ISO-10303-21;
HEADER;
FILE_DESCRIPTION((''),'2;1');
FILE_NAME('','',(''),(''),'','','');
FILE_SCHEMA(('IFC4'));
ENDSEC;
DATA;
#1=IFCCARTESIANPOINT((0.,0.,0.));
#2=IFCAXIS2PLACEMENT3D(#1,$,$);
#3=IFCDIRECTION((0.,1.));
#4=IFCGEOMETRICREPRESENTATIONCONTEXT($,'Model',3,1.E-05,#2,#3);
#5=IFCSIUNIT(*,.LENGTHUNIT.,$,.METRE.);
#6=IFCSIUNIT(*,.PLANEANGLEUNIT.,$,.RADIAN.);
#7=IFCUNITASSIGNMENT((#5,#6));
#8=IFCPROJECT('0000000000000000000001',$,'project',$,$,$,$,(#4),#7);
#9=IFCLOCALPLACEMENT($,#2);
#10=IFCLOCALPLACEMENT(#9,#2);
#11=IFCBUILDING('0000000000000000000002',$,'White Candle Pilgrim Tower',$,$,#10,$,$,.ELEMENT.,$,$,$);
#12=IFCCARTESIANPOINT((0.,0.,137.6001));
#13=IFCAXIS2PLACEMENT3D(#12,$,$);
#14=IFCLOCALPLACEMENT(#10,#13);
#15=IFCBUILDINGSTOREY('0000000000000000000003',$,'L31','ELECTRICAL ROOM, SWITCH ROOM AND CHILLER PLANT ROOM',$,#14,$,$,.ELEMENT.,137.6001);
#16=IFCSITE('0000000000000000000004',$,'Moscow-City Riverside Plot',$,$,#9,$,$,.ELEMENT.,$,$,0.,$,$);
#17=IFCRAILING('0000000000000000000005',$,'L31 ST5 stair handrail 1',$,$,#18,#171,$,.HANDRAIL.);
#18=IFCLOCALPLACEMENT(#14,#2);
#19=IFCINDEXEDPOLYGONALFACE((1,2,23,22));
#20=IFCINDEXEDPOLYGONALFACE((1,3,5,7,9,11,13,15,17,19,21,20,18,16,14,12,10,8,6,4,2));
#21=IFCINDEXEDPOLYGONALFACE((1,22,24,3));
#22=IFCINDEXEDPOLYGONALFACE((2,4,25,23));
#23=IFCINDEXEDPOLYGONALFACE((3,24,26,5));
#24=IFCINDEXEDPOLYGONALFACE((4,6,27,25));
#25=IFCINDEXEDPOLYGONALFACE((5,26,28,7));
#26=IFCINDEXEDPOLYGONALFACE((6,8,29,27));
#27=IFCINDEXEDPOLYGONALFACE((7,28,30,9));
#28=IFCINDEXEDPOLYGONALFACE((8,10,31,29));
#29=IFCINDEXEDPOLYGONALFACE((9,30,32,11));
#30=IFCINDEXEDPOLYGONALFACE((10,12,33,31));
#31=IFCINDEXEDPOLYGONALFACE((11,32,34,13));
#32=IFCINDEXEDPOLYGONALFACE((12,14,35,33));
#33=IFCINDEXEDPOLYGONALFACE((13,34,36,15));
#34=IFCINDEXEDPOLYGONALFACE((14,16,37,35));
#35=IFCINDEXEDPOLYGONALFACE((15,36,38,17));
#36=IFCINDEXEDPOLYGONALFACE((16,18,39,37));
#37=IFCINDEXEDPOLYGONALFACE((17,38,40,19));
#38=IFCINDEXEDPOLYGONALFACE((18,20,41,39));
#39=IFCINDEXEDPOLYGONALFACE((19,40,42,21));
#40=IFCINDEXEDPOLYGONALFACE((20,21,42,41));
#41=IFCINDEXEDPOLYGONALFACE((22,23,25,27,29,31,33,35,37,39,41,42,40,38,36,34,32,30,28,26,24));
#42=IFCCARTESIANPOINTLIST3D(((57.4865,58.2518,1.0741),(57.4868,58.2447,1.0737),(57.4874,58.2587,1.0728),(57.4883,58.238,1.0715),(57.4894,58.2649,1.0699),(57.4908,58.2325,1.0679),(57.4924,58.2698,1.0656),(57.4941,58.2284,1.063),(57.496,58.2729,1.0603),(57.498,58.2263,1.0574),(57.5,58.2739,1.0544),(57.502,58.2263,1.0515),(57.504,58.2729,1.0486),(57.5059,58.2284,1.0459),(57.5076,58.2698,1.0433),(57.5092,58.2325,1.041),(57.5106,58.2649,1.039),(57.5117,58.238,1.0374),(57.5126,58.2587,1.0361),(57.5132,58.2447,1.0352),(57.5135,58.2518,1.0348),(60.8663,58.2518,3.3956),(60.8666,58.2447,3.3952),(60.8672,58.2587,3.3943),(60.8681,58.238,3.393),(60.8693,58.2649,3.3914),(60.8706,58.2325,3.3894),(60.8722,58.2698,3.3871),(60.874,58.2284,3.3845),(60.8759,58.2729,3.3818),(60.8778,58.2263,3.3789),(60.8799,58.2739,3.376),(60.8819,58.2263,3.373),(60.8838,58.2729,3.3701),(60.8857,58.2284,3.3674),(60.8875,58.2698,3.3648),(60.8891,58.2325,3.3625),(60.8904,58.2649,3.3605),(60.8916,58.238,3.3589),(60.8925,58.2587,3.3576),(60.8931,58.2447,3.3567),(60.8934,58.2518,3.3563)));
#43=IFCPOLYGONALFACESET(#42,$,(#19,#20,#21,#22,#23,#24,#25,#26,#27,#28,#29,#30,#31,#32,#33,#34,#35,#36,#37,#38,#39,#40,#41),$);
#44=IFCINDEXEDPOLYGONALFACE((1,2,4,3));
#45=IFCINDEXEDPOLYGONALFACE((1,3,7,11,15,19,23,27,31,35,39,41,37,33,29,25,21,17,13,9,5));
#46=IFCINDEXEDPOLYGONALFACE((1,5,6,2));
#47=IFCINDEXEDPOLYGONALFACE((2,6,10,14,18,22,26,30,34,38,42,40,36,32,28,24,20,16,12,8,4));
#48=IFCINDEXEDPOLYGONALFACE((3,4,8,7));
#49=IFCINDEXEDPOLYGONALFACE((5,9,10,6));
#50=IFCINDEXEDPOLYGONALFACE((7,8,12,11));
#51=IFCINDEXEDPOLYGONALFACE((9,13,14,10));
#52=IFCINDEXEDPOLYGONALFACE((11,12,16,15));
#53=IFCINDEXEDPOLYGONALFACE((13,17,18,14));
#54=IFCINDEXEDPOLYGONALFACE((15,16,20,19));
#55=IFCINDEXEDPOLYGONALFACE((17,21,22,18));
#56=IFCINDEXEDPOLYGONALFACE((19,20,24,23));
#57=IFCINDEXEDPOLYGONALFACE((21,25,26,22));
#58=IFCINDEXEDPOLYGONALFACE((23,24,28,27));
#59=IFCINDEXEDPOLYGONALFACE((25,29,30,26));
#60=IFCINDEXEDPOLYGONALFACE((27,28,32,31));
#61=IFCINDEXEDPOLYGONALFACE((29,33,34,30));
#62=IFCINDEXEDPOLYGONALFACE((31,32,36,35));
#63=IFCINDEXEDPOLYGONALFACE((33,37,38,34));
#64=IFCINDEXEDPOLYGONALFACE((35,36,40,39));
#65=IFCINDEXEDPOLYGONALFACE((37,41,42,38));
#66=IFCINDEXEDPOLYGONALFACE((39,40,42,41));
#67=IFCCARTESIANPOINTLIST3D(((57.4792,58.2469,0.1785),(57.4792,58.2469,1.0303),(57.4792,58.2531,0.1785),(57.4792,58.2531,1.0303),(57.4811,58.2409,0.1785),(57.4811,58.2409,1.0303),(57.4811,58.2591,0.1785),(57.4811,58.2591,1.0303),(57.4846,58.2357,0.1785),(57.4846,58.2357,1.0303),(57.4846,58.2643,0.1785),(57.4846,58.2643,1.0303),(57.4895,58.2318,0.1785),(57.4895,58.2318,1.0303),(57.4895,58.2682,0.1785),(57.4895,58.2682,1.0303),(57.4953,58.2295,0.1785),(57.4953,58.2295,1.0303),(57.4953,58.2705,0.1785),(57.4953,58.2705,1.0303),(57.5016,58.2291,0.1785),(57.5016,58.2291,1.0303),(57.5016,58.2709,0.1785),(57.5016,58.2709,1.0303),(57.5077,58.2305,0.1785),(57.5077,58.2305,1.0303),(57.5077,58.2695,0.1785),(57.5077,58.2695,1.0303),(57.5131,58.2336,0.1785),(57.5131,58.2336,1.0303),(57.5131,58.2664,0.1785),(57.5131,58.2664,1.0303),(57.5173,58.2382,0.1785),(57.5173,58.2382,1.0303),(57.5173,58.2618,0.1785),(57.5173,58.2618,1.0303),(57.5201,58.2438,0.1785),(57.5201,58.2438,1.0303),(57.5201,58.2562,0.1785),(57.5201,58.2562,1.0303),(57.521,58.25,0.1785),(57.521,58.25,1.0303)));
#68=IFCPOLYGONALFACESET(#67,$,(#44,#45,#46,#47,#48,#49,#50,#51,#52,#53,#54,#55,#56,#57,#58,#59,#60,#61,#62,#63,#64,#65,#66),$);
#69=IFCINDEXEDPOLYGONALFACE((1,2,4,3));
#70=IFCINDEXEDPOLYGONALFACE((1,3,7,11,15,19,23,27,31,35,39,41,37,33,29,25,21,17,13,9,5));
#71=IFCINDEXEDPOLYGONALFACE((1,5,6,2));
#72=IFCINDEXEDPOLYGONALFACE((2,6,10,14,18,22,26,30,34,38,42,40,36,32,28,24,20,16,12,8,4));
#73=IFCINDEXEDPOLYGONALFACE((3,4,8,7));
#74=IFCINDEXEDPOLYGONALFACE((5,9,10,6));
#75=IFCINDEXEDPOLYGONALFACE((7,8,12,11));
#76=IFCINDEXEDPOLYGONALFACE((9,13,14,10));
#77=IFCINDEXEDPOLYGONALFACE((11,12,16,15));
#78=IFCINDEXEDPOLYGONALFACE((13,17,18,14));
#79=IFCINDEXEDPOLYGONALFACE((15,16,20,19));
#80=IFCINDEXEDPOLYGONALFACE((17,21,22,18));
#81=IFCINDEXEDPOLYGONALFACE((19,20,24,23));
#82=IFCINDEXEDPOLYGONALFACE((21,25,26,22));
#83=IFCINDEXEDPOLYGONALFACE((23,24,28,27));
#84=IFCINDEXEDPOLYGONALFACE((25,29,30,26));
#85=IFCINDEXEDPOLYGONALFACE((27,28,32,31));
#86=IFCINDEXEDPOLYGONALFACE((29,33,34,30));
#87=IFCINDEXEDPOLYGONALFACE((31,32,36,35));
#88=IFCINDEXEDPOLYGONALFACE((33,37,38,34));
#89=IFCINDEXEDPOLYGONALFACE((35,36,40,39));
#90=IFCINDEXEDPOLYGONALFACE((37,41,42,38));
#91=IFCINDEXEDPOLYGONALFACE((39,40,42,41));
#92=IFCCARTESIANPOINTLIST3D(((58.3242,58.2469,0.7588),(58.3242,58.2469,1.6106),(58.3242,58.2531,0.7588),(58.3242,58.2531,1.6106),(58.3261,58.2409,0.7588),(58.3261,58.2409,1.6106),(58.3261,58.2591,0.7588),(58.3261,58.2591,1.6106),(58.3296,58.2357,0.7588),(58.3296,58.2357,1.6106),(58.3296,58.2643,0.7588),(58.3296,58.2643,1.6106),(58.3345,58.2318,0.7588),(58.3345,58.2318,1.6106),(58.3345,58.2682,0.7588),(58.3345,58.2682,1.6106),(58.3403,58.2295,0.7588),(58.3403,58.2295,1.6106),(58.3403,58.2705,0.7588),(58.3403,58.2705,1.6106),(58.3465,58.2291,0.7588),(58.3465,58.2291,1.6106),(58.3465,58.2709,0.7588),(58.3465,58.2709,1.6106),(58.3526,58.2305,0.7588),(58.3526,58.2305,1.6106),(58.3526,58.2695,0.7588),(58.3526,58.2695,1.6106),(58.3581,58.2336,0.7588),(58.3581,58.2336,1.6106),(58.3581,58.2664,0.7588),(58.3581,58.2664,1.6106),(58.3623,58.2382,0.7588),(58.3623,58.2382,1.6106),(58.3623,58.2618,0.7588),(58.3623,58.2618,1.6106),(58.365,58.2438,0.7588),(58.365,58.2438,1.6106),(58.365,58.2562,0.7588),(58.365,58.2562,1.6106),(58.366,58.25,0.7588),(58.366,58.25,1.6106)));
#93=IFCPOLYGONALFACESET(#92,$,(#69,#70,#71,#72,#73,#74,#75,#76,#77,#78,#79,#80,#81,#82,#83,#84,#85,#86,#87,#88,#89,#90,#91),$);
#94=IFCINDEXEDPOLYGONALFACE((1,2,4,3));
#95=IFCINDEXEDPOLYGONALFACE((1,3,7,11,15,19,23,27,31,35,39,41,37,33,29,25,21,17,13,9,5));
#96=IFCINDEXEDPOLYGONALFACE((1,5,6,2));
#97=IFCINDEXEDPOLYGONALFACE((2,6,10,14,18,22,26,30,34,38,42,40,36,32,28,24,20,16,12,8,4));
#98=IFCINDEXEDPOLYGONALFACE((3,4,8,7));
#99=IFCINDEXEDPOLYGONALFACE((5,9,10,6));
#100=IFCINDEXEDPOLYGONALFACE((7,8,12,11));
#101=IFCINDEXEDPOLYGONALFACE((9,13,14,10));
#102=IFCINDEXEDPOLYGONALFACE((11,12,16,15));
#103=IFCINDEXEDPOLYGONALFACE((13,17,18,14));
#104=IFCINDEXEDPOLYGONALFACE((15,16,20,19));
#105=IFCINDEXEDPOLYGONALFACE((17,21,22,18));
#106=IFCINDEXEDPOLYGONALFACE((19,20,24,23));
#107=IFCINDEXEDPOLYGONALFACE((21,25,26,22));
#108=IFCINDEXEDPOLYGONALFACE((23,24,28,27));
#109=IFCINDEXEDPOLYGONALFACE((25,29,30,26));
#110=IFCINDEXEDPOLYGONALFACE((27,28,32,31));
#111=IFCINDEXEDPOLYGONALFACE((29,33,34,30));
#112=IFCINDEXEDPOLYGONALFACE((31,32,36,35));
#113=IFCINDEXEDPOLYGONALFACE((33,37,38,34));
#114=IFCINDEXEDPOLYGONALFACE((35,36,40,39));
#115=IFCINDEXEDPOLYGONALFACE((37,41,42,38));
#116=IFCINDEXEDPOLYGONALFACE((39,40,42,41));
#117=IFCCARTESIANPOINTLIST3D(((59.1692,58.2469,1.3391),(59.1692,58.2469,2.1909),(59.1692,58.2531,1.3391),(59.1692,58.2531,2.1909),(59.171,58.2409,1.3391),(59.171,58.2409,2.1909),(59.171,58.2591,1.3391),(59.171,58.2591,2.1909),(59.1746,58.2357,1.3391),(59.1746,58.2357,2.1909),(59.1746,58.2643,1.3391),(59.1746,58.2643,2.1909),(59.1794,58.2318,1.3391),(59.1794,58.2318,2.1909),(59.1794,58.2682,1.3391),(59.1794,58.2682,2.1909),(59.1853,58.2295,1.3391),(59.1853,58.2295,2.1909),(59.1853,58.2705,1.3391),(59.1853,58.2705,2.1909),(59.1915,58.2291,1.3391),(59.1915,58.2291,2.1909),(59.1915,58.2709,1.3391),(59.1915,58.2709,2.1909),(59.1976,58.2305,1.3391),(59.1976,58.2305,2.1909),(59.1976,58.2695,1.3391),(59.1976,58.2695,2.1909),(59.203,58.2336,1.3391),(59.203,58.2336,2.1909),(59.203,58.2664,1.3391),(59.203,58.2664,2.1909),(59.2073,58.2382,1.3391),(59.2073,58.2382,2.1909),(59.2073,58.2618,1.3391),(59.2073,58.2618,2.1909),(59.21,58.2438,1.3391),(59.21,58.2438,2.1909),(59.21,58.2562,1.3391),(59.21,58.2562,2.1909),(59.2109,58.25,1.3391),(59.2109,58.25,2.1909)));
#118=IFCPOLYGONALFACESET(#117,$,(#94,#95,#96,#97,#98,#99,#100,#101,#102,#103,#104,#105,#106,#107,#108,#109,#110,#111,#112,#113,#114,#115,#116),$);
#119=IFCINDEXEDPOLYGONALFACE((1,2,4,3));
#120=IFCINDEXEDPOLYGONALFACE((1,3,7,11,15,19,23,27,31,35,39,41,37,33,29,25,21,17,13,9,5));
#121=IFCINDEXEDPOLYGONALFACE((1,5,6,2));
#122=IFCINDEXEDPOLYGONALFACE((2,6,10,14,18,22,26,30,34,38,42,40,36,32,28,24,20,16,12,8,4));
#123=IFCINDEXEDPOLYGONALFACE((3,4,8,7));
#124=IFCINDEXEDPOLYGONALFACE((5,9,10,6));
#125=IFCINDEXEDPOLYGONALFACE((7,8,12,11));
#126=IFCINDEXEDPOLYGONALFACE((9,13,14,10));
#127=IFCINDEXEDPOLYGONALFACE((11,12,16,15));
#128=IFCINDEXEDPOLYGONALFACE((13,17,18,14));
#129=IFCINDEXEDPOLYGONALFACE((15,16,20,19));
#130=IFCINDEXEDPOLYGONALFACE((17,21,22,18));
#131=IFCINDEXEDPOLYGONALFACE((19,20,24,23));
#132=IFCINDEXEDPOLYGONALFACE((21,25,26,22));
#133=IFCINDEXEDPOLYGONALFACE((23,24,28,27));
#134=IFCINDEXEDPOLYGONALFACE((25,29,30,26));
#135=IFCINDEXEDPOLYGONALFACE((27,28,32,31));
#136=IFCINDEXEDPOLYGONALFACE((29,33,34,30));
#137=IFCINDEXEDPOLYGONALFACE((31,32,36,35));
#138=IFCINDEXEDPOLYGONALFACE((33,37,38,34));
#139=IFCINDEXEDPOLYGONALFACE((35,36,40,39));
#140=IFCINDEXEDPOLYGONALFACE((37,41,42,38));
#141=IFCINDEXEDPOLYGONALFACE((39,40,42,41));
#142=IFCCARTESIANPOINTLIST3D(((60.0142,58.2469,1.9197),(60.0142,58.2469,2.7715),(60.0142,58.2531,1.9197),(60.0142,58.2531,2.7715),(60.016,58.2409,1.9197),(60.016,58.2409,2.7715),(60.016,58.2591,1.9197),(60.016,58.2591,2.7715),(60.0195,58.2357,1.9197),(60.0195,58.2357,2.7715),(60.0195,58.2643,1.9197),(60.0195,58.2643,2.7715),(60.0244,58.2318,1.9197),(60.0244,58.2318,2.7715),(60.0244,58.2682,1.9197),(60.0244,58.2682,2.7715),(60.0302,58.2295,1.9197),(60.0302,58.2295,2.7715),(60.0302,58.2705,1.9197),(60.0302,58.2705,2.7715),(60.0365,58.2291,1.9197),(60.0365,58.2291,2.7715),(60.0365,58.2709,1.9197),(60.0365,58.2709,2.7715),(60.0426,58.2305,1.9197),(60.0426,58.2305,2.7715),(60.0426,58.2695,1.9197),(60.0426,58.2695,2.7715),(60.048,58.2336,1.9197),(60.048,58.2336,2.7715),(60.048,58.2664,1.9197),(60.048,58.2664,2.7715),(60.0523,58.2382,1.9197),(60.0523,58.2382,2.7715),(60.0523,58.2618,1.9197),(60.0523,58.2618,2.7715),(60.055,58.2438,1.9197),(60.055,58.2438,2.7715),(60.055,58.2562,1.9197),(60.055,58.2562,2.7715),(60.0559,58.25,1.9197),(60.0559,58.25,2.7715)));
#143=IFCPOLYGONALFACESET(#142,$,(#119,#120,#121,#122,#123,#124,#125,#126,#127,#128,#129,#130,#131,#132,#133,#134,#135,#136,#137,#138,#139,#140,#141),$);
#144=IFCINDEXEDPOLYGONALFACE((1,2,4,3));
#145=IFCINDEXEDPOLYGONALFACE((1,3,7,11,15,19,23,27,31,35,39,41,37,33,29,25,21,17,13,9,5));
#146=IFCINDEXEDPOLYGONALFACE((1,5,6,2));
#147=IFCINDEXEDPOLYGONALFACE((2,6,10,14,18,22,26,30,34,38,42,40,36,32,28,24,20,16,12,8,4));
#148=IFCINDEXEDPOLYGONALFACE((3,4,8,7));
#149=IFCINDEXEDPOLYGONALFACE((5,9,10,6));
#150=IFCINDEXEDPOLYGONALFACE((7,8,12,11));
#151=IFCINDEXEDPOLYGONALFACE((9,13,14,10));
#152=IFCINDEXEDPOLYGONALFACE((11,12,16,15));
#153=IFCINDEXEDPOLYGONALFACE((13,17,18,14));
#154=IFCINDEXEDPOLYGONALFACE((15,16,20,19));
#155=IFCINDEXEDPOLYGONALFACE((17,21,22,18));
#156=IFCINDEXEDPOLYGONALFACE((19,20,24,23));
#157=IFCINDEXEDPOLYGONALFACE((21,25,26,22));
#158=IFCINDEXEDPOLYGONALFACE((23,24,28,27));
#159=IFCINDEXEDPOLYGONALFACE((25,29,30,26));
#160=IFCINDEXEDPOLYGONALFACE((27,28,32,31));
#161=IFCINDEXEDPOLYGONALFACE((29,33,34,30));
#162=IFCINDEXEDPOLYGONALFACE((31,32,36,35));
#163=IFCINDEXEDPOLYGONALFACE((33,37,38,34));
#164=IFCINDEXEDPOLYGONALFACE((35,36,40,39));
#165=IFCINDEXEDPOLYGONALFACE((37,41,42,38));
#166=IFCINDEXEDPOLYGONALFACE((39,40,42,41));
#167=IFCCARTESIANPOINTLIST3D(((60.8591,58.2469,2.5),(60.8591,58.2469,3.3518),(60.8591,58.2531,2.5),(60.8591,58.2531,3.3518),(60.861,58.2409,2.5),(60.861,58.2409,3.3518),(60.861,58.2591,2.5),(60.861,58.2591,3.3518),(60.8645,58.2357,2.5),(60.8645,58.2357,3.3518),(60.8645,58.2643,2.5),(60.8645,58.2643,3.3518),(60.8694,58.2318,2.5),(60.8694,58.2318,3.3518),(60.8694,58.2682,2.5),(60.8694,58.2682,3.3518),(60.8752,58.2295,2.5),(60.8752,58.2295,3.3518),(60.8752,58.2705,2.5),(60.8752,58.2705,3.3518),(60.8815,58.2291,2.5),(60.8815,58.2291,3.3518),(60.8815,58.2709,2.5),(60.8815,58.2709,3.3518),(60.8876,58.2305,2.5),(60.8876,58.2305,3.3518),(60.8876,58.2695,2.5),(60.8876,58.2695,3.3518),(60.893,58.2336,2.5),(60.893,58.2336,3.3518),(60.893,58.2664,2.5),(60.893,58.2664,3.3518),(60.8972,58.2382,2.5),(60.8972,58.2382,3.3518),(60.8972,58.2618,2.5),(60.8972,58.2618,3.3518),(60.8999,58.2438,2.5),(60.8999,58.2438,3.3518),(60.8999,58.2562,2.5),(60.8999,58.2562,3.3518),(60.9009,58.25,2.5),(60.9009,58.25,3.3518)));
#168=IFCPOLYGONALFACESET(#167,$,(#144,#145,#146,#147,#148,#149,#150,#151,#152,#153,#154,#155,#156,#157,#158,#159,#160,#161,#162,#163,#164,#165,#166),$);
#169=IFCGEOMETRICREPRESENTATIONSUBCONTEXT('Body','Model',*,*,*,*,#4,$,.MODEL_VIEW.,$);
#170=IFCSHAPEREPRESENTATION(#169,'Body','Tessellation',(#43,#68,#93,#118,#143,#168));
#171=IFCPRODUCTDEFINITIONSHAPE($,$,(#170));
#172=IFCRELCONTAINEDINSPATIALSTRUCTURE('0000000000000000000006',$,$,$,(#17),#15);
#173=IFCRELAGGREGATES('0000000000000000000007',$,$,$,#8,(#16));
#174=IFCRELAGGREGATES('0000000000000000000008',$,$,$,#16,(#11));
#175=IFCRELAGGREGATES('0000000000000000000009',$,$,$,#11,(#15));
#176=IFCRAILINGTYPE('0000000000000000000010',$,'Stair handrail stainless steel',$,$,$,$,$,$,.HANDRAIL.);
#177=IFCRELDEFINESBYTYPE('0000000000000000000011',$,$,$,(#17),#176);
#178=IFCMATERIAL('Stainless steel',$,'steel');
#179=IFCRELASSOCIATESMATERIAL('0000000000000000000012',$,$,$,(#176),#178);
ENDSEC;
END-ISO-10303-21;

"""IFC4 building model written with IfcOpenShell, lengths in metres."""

from ifc_helpers import new_model, si_unit, direction, frame, origin, origin_2d, place, context, subcontext, project, spatial, circle, extrude, material, type_object, element, save


model = new_model("IFC4")

# Units and contexts
model_context = context("Model", 3, precision=1e-05, world=origin(), true_north=direction((0.0, 1.0)))
body_context = subcontext(model_context, "Body", "Model", "MODEL_VIEW")
ifc_project = project(units=[si_unit("LENGTHUNIT", "METRE"), si_unit("PLANEANGLEUNIT", "RADIAN")], contexts=[model_context])

# Site, building, storey
site_placement = place(None, origin())
site = spatial("IfcSite", under=ifc_project, at=site_placement, Name="Moscow-City Riverside Plot", CompositionType="ELEMENT", RefElevation=0.0)
building_placement = place(site_placement, origin())
building = spatial("IfcBuilding", under=site, at=building_placement, Name="White Candle Pilgrim Tower", CompositionType="ELEMENT")
storey_placement = place(building_placement, frame((0.0, 0.0, 137.6001)))
storey = spatial("IfcBuildingStorey", under=building, at=storey_placement, Name="L31", Description="ELECTRICAL ROOM, SWITCH ROOM AND CHILLER PLANT ROOM", CompositionType="ELEMENT", Elevation=137.6001)

# Railing
ifc_material_1 = material(Name="Stainless steel", Category="steel")
railing_type_1 = type_object("IfcRailingType", Name="Stair handrail stainless steel", PredefinedType="HANDRAIL", material=ifc_material_1)
railing_1_placement = place(storey_placement, frame((57.5, 58.25, 0.1785)))
element("IfcRailing", 1, at=railing_1_placement, inside=storey, type_object=railing_type_1, Name="L31 ST5 stair handrail 1", PredefinedType="HANDRAIL", context=body_context, shape_type="SweptSolid", body=[
    extrude(circle(Radius=0.0239, at=origin_2d()), frame((0.0, 0.0, 0.876), z_axis=(0.824285, 0.0, 0.566175), x_axis=(0.0, 1.0, 0.0)), (0.0, 0.0, 1.0), 4.1003),
    extrude(circle(Radius=0.021, at=origin_2d()), origin(), (0.0, 0.0, 1.0), 0.8518),
    extrude(circle(Radius=0.021, at=origin_2d()), frame((0.845, 0.0, 0.5803)), (0.0, 0.0, 1.0), 0.8518),
    extrude(circle(Radius=0.021, at=origin_2d()), frame((1.6899, 0.0, 1.1606)), (0.0, 0.0, 1.0), 0.8518),
    extrude(circle(Radius=0.021, at=origin_2d()), frame((2.5349, 0.0, 1.7412)), (0.0, 0.0, 1.0), 0.8518),
    extrude(circle(Radius=0.021, at=origin_2d()), frame((3.3799, 0.0, 2.3215)), (0.0, 0.0, 1.0), 0.8518),
])

save(model, "model.ifc")
